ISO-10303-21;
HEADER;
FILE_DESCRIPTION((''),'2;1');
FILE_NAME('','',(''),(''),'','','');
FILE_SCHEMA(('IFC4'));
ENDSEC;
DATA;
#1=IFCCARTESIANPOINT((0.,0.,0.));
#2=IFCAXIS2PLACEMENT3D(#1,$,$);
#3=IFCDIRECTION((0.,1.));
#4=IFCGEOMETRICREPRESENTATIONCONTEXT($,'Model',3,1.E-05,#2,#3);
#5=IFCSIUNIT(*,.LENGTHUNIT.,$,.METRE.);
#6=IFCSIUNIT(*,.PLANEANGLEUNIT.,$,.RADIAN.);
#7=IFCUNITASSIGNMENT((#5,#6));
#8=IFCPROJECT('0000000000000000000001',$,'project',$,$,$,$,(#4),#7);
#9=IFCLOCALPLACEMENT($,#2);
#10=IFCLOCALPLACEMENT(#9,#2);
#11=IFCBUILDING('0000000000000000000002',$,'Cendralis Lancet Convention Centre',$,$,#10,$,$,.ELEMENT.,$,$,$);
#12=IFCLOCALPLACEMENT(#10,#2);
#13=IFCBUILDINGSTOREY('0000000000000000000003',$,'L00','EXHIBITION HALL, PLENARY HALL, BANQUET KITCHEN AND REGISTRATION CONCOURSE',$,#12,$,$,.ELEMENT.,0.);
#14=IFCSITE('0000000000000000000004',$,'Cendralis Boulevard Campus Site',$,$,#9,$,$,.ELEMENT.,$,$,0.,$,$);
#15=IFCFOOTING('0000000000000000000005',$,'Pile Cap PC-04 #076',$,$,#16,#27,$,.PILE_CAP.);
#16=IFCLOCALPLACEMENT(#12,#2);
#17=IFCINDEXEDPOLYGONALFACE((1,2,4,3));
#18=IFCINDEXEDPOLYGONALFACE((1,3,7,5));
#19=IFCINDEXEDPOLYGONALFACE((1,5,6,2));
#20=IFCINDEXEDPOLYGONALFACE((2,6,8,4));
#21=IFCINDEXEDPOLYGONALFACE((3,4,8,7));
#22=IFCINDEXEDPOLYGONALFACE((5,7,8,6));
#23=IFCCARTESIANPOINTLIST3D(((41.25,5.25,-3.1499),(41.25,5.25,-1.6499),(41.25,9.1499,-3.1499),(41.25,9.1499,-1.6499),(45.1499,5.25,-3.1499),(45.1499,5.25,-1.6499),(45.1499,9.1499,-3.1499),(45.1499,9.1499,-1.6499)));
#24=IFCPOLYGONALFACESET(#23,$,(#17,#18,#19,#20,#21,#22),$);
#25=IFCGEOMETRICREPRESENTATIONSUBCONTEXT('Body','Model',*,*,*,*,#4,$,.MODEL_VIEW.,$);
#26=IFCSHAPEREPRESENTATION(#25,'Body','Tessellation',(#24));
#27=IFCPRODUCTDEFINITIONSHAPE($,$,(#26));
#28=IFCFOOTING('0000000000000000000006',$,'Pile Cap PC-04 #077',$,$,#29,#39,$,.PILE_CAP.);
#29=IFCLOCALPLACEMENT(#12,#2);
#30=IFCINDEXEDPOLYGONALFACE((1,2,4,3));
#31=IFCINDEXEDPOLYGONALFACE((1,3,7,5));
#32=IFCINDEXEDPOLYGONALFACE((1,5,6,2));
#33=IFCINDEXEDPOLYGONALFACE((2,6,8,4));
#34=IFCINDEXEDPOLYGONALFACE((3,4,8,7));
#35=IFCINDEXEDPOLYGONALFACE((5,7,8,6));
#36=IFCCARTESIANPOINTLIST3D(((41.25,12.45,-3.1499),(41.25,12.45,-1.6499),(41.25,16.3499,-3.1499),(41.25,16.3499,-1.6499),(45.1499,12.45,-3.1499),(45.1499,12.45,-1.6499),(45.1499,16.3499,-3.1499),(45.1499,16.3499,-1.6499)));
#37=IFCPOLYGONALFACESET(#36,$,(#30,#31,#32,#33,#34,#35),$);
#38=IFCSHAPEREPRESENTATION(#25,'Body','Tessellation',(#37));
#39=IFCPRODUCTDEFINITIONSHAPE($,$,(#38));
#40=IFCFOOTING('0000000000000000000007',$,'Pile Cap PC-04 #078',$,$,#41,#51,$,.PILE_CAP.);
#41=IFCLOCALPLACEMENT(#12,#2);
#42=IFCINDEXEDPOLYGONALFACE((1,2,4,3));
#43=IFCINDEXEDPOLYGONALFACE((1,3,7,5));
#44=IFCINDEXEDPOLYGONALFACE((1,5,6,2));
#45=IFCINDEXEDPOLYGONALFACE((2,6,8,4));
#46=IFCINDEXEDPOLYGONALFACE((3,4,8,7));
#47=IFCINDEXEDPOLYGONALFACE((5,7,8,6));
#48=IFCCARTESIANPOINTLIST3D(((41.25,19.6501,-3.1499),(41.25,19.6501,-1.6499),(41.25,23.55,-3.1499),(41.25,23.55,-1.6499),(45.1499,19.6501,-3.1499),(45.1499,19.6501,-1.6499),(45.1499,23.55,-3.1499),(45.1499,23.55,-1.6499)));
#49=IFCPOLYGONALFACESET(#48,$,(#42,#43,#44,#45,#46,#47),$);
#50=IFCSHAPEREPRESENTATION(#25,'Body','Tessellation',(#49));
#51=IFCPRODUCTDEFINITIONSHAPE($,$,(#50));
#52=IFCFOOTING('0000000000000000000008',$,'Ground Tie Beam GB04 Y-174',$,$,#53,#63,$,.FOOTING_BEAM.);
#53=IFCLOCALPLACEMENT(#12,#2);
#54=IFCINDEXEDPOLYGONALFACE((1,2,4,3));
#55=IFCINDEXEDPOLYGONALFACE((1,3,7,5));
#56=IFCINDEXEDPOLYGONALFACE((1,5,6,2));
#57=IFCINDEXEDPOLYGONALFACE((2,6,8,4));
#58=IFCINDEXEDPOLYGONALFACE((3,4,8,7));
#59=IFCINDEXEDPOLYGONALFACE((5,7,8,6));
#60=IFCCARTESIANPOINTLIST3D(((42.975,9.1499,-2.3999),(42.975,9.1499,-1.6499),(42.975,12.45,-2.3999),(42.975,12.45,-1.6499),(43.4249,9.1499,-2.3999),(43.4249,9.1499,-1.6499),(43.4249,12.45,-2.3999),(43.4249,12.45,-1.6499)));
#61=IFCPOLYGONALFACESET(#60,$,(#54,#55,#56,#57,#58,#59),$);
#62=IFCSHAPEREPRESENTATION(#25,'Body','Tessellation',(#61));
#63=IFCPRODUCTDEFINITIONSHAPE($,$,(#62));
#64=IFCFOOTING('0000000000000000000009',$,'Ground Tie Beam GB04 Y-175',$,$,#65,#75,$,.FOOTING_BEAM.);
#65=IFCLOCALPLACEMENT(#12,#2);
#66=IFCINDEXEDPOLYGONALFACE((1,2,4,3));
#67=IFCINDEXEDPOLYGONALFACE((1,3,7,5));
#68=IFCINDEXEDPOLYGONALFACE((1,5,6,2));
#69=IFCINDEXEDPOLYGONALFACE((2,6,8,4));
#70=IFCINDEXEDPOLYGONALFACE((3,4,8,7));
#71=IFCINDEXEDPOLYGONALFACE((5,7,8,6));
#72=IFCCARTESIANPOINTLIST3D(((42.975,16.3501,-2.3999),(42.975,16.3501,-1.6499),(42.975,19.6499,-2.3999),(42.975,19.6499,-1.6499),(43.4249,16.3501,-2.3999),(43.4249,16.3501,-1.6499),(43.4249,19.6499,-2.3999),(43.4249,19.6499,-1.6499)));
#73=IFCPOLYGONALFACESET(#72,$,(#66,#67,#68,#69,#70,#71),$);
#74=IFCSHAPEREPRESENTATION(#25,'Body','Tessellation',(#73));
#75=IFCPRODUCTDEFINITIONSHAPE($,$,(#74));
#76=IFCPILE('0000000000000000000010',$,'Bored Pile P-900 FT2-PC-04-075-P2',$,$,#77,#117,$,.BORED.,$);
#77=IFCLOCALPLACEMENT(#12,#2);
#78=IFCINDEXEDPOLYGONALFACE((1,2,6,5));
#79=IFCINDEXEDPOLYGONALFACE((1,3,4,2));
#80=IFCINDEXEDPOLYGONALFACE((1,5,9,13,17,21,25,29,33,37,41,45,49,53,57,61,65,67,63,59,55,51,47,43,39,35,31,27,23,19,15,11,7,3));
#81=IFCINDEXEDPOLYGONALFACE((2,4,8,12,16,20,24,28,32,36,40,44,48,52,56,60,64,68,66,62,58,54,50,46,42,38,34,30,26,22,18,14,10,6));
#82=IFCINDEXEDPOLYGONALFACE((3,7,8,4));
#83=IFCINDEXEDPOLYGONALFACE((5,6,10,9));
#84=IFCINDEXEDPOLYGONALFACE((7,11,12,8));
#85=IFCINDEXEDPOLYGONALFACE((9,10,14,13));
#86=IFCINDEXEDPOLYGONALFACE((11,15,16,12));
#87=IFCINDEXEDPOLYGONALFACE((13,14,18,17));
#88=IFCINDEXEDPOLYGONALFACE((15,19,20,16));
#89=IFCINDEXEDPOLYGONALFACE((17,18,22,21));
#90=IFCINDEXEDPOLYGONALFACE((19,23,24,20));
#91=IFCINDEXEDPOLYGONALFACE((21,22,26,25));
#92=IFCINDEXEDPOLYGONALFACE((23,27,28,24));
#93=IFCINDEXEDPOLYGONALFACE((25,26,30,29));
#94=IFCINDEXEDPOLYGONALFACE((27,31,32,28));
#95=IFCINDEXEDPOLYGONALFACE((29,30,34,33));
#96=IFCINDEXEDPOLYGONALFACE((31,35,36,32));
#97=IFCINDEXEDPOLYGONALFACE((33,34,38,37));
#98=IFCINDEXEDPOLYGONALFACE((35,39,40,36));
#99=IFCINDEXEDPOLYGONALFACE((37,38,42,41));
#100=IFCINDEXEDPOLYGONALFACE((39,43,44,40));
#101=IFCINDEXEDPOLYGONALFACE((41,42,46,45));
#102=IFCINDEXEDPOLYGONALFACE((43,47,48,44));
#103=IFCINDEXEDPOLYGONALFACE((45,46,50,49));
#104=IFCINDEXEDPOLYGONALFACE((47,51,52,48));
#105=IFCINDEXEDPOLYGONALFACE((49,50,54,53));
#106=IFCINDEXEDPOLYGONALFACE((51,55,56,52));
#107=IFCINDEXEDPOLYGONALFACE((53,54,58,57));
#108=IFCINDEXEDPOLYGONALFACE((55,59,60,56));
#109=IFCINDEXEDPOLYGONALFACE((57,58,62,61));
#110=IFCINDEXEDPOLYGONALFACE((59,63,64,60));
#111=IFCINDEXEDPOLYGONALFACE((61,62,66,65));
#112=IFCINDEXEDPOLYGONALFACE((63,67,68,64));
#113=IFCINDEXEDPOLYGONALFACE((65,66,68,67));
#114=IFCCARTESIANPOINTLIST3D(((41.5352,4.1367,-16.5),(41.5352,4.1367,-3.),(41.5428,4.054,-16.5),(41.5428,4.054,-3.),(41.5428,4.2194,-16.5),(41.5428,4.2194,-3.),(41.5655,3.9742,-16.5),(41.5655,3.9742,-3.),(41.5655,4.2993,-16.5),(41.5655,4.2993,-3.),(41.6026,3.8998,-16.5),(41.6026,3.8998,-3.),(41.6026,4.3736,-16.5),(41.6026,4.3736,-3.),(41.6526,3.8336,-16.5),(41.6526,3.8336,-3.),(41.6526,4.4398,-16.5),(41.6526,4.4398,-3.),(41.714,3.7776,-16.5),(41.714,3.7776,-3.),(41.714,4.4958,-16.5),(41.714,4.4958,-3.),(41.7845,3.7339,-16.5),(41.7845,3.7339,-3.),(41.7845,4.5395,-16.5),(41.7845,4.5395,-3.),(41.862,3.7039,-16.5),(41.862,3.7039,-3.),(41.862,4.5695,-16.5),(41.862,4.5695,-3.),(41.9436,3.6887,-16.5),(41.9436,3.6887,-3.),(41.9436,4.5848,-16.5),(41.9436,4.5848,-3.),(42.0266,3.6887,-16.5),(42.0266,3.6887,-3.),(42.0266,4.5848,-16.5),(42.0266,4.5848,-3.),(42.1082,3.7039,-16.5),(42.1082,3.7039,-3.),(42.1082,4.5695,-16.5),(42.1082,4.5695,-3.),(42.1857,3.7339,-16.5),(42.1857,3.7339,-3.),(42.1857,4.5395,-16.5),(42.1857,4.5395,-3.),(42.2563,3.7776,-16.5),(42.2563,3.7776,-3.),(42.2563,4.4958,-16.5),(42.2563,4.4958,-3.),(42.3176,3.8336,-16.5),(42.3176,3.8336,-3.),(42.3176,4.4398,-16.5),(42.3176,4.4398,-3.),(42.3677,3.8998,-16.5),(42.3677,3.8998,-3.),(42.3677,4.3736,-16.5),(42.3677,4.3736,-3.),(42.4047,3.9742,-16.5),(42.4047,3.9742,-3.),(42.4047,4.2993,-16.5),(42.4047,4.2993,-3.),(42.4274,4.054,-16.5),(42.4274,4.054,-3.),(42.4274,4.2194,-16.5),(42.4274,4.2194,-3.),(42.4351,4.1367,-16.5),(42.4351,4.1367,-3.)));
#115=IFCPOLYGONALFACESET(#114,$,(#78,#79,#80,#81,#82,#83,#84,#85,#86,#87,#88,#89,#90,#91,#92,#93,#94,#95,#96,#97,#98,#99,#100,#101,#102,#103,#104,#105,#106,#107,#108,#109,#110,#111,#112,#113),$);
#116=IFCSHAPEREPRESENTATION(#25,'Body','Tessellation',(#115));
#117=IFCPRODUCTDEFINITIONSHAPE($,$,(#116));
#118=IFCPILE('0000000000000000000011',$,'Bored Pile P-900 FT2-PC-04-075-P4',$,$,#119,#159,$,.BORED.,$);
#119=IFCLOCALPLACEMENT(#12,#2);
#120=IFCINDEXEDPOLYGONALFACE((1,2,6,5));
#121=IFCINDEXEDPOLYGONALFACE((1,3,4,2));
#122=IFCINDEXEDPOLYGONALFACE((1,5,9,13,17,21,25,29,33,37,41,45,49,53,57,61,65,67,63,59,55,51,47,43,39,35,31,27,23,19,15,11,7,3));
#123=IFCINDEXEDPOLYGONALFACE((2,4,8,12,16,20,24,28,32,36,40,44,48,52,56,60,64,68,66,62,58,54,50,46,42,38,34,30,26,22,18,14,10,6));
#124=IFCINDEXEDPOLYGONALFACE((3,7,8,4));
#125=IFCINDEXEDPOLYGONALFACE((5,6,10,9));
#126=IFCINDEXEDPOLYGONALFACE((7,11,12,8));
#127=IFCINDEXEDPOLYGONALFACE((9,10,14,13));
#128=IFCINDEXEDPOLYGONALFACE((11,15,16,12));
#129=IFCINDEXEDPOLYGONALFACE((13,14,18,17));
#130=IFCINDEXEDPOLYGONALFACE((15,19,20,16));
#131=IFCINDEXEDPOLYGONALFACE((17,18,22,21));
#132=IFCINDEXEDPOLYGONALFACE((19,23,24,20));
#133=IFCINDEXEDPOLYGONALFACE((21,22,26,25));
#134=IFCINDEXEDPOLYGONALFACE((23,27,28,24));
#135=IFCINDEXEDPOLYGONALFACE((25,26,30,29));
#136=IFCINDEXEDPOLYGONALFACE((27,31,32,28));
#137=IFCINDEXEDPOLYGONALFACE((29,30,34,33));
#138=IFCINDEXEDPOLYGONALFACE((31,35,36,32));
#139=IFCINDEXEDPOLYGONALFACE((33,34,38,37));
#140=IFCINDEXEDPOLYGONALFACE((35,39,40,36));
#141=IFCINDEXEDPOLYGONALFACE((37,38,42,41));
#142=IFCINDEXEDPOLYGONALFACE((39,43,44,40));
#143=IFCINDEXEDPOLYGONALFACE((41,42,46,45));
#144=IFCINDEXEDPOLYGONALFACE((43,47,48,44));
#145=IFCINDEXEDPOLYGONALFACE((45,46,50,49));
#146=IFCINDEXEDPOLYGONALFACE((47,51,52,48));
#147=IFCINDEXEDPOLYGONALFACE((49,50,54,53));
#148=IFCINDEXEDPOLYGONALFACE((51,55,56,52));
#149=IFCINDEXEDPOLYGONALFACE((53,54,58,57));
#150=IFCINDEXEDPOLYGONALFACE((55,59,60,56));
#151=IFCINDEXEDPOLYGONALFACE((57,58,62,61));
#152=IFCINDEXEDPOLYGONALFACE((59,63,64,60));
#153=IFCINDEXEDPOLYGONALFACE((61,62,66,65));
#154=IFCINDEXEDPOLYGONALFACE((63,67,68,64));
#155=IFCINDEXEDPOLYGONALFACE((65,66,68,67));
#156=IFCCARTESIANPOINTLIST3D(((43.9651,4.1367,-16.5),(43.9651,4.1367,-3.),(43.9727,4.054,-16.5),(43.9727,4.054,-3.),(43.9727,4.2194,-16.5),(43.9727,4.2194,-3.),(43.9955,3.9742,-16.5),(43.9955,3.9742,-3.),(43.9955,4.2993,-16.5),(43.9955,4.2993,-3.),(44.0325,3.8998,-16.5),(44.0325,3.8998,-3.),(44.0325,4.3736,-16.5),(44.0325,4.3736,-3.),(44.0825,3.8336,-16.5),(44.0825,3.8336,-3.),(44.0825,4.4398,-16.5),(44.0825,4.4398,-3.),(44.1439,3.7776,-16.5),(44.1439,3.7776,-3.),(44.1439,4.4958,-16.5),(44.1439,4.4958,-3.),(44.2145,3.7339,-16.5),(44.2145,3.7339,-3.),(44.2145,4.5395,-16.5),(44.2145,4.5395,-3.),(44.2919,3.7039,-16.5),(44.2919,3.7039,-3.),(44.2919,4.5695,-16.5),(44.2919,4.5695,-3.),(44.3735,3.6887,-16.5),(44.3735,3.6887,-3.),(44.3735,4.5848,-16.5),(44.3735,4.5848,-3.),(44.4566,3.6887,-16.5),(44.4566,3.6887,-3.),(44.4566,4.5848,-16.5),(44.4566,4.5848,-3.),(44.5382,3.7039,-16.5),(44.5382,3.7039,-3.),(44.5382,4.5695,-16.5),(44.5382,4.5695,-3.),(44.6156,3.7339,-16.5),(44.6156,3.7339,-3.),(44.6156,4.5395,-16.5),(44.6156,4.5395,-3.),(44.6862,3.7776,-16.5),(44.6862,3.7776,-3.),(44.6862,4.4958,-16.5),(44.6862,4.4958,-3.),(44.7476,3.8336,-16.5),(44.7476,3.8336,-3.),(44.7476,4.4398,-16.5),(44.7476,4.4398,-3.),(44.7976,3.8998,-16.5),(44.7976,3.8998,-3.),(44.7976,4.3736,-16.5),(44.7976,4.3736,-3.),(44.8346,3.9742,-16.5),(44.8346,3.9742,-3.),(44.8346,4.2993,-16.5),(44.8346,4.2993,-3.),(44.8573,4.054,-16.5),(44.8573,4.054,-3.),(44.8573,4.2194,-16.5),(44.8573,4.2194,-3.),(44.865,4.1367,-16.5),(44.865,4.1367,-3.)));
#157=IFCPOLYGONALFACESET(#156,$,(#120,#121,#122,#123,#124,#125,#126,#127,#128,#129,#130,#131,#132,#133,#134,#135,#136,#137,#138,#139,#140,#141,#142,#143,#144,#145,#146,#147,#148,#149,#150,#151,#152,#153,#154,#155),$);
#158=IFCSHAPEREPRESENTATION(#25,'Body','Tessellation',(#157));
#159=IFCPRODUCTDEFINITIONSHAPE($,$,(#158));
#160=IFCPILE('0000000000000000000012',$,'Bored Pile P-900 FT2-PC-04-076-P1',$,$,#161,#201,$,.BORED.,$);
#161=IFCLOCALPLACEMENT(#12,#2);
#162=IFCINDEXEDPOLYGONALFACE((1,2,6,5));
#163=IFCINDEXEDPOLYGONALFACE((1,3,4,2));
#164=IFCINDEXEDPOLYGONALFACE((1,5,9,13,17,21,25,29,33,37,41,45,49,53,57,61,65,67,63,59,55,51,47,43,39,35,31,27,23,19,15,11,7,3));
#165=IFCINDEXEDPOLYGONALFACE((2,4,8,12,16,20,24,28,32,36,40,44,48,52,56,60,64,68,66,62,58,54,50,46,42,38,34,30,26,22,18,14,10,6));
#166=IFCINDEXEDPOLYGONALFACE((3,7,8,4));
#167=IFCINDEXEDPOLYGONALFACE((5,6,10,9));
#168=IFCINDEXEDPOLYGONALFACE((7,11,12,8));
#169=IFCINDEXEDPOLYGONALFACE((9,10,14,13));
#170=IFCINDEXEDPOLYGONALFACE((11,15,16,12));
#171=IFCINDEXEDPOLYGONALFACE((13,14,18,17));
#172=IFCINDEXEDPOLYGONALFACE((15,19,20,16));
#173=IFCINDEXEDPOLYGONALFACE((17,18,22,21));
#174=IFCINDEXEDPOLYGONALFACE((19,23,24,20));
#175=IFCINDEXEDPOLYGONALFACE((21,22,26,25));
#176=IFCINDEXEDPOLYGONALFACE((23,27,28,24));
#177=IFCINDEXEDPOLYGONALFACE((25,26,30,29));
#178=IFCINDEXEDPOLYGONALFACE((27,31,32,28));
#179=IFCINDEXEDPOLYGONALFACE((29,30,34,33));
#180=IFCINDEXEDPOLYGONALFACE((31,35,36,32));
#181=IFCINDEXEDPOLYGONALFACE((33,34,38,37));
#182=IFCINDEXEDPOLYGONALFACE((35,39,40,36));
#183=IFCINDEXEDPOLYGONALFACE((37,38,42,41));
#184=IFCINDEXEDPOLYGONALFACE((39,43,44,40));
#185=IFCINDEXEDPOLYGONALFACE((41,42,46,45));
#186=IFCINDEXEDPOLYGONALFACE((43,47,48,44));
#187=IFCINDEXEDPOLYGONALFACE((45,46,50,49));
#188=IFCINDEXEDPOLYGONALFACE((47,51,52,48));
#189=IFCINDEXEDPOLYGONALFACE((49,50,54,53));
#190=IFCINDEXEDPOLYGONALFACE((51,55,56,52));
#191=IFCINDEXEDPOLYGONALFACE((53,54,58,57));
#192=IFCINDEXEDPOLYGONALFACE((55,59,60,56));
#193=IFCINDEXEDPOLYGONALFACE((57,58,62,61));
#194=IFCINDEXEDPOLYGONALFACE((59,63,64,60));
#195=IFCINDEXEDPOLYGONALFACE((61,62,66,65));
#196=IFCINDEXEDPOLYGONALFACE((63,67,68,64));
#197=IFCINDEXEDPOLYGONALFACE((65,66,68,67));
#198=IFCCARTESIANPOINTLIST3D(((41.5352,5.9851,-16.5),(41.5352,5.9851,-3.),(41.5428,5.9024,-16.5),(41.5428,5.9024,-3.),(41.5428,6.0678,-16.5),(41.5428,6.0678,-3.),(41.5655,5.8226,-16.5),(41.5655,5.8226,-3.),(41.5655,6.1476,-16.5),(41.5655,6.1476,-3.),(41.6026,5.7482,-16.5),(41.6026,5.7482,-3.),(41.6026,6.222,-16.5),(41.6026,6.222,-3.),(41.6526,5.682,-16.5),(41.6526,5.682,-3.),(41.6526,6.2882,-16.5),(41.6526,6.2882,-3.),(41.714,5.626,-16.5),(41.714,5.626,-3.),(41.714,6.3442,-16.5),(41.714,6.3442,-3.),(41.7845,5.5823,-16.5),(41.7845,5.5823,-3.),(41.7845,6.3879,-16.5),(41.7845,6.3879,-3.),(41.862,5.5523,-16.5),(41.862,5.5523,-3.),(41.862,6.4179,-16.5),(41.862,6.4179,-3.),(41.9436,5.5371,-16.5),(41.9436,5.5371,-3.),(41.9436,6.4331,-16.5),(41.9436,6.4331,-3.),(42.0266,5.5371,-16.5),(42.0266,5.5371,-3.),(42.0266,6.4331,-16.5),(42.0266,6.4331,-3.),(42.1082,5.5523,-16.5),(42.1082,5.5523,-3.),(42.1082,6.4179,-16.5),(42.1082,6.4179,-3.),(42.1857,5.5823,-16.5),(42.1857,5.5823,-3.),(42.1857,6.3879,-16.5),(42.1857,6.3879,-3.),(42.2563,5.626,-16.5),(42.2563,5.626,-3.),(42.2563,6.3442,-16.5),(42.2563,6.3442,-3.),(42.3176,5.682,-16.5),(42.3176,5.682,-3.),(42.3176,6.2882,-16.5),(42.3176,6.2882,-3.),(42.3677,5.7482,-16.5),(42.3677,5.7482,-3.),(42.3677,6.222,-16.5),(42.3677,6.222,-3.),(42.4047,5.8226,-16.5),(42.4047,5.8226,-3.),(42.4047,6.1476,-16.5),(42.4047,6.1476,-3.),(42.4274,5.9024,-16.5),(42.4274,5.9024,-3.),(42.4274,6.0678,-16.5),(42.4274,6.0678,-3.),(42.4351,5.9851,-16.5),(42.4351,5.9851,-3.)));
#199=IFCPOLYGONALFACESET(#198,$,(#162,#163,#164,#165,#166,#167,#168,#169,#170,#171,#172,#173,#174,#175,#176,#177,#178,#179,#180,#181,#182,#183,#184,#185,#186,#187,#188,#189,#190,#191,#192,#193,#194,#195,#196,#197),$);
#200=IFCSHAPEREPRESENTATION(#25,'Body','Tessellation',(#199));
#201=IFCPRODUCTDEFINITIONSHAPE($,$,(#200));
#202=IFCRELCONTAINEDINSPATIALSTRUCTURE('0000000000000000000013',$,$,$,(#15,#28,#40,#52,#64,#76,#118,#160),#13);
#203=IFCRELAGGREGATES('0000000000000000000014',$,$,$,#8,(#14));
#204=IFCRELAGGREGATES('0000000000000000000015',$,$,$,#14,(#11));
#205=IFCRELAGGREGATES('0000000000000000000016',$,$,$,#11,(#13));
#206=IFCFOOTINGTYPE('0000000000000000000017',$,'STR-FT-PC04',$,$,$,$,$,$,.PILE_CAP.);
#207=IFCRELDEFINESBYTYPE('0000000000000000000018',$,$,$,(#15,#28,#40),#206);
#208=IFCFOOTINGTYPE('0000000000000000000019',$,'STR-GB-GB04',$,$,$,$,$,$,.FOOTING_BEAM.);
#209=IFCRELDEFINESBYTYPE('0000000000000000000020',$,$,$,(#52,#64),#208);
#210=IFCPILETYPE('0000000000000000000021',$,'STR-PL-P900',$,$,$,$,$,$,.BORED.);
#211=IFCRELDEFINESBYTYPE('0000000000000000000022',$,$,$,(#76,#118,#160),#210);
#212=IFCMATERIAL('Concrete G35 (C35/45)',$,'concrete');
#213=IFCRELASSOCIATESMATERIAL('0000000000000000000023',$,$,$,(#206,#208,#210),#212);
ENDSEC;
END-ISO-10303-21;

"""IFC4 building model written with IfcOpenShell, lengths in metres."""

from ifc_helpers import new_model, si_unit, direction, frame, origin, origin_2d, place, context, subcontext, project, spatial, rectangle, circle, extrude, material, material_profile, profile_set, type_object, element, save


model = new_model("IFC4")

# Units and contexts
model_context = context("Model", 3, precision=1e-05, world=origin(), true_north=direction((0.0, 1.0)))
body_context = subcontext(model_context, "Body", "Model", "MODEL_VIEW")
ifc_project = project(units=[si_unit("LENGTHUNIT", "METRE"), si_unit("PLANEANGLEUNIT", "RADIAN")], contexts=[model_context])

# Site, building, storey
site_placement = place(None, origin())
site = spatial("IfcSite", under=ifc_project, at=site_placement, Name="Cendralis Boulevard Campus Site", CompositionType="ELEMENT", RefElevation=0.0)
building_placement = place(site_placement, origin())
building = spatial("IfcBuilding", under=site, at=building_placement, Name="Cendralis Lancet Convention Centre", CompositionType="ELEMENT")
storey_placement = place(building_placement, origin())
storey = spatial("IfcBuildingStorey", under=building, at=storey_placement, Name="L00", Description="EXHIBITION HALL, PLENARY HALL, BANQUET KITCHEN AND REGISTRATION CONCOURSE", CompositionType="ELEMENT", Elevation=0.0)

# Footings
ifc_material_1 = material(Name="Concrete G35 (C35/45)", Category="concrete")
footing_type_1 = type_object("IfcFootingType", Name="STR-FT-PC04", PredefinedType="PILE_CAP", material=ifc_material_1)
for number, where, z_axis, x_axis, name in (
    (1, (43.2, 7.2, -3.1499), (0.0, 0.0, 1.0), (1.0, 0.0, 0.0), "Pile Cap PC-04 #076"),
    (2, (43.2, 14.3999, -3.1499), (0.0, 0.0, 1.0), (1.0, 0.0, 0.0), "Pile Cap PC-04 #077"),
    (3, (43.2, 21.6001, -3.1499), (0.0, 0.0, 1.0), (1.0, 0.0, 0.0), "Pile Cap PC-04 #078"),
):
    element("IfcFooting", number, at=place(storey_placement, frame(where, z_axis=z_axis, x_axis=x_axis)), inside=storey, type_object=footing_type_1, Name=name, PredefinedType="PILE_CAP", context=body_context, shape_type="SweptSolid", body=[
        extrude(rectangle(XDim=3.8999, YDim=3.8999, at=origin_2d()), origin(), (0.0, 0.0, 1.0), 1.5),
    ])
ifc_material_profile_1 = material_profile(ifc_material_1, rectangle(XDim=0.45, YDim=0.75, at=origin_2d()), Name="RCB 450x750")
ifc_profile_set_1 = profile_set([ifc_material_profile_1], Name="Concrete G35 (C35/45)")
footing_type_2 = type_object("IfcFootingType", Name="STR-GB-GB04", PredefinedType="FOOTING_BEAM", material=ifc_profile_set_1)
footing_1_placement = place(storey_placement, frame((43.2, 9.1499, -2.0249), z_axis=(0.0, 1.0, 0.0), x_axis=(-1.0, 0.0, 0.0)))
element("IfcFooting", 4, at=footing_1_placement, inside=storey, type_object=footing_type_2, Name="Ground Tie Beam GB04 Y-174", PredefinedType="FOOTING_BEAM", context=body_context, shape_type="SweptSolid", body=[
    extrude(rectangle(XDim=0.45, YDim=0.75, at=origin_2d()), origin(), (0.0, 0.0, 1.0), 3.3),
])
footing_2_placement = place(storey_placement, frame((43.2, 16.3501, -2.0249), z_axis=(0.0, 1.0, 0.0), x_axis=(-1.0, 0.0, 0.0)))
element("IfcFooting", 5, at=footing_2_placement, inside=storey, type_object=footing_type_2, Name="Ground Tie Beam GB04 Y-175", PredefinedType="FOOTING_BEAM", context=body_context, shape_type="SweptSolid", body=[
    extrude(rectangle(XDim=0.45, YDim=0.75, at=origin_2d()), origin(), (0.0, 0.0, 1.0), 3.2998),
])

# Piles
ifc_material_profile_2 = material_profile(ifc_material_1, circle(Radius=0.45, at=origin_2d()), Name="BORED PILE D900")
ifc_profile_set_2 = profile_set([ifc_material_profile_2], Name="Concrete G35 (C35/45)")
pile_type = type_object("IfcPileType", Name="STR-PL-P900", PredefinedType="BORED", material=ifc_profile_set_2)
for number, where, z_axis, x_axis, name in (
    (6, (41.9851, 4.1367, -3.0), (0.0, 0.0, -1.0), (1.0, 0.0, 0.0), "Bored Pile P-900 FT2-PC-04-075-P2"),
    (7, (44.415, 4.1367, -3.0), (0.0, 0.0, -1.0), (1.0, 0.0, 0.0), "Bored Pile P-900 FT2-PC-04-075-P4"),
    (8, (41.9851, 5.9851, -3.0), (0.0, 0.0, -1.0), (1.0, 0.0, 0.0), "Bored Pile P-900 FT2-PC-04-076-P1"),
):
    element("IfcPile", number, at=place(storey_placement, frame(where, z_axis=z_axis, x_axis=x_axis)), inside=storey, type_object=pile_type, Name=name, PredefinedType="BORED", context=body_context, shape_type="SweptSolid", body=[
        extrude(circle(Radius=0.45, at=origin_2d()), origin(), (0.0, 0.0, 1.0), 13.5),
    ])

save(model, "model.ifc")
